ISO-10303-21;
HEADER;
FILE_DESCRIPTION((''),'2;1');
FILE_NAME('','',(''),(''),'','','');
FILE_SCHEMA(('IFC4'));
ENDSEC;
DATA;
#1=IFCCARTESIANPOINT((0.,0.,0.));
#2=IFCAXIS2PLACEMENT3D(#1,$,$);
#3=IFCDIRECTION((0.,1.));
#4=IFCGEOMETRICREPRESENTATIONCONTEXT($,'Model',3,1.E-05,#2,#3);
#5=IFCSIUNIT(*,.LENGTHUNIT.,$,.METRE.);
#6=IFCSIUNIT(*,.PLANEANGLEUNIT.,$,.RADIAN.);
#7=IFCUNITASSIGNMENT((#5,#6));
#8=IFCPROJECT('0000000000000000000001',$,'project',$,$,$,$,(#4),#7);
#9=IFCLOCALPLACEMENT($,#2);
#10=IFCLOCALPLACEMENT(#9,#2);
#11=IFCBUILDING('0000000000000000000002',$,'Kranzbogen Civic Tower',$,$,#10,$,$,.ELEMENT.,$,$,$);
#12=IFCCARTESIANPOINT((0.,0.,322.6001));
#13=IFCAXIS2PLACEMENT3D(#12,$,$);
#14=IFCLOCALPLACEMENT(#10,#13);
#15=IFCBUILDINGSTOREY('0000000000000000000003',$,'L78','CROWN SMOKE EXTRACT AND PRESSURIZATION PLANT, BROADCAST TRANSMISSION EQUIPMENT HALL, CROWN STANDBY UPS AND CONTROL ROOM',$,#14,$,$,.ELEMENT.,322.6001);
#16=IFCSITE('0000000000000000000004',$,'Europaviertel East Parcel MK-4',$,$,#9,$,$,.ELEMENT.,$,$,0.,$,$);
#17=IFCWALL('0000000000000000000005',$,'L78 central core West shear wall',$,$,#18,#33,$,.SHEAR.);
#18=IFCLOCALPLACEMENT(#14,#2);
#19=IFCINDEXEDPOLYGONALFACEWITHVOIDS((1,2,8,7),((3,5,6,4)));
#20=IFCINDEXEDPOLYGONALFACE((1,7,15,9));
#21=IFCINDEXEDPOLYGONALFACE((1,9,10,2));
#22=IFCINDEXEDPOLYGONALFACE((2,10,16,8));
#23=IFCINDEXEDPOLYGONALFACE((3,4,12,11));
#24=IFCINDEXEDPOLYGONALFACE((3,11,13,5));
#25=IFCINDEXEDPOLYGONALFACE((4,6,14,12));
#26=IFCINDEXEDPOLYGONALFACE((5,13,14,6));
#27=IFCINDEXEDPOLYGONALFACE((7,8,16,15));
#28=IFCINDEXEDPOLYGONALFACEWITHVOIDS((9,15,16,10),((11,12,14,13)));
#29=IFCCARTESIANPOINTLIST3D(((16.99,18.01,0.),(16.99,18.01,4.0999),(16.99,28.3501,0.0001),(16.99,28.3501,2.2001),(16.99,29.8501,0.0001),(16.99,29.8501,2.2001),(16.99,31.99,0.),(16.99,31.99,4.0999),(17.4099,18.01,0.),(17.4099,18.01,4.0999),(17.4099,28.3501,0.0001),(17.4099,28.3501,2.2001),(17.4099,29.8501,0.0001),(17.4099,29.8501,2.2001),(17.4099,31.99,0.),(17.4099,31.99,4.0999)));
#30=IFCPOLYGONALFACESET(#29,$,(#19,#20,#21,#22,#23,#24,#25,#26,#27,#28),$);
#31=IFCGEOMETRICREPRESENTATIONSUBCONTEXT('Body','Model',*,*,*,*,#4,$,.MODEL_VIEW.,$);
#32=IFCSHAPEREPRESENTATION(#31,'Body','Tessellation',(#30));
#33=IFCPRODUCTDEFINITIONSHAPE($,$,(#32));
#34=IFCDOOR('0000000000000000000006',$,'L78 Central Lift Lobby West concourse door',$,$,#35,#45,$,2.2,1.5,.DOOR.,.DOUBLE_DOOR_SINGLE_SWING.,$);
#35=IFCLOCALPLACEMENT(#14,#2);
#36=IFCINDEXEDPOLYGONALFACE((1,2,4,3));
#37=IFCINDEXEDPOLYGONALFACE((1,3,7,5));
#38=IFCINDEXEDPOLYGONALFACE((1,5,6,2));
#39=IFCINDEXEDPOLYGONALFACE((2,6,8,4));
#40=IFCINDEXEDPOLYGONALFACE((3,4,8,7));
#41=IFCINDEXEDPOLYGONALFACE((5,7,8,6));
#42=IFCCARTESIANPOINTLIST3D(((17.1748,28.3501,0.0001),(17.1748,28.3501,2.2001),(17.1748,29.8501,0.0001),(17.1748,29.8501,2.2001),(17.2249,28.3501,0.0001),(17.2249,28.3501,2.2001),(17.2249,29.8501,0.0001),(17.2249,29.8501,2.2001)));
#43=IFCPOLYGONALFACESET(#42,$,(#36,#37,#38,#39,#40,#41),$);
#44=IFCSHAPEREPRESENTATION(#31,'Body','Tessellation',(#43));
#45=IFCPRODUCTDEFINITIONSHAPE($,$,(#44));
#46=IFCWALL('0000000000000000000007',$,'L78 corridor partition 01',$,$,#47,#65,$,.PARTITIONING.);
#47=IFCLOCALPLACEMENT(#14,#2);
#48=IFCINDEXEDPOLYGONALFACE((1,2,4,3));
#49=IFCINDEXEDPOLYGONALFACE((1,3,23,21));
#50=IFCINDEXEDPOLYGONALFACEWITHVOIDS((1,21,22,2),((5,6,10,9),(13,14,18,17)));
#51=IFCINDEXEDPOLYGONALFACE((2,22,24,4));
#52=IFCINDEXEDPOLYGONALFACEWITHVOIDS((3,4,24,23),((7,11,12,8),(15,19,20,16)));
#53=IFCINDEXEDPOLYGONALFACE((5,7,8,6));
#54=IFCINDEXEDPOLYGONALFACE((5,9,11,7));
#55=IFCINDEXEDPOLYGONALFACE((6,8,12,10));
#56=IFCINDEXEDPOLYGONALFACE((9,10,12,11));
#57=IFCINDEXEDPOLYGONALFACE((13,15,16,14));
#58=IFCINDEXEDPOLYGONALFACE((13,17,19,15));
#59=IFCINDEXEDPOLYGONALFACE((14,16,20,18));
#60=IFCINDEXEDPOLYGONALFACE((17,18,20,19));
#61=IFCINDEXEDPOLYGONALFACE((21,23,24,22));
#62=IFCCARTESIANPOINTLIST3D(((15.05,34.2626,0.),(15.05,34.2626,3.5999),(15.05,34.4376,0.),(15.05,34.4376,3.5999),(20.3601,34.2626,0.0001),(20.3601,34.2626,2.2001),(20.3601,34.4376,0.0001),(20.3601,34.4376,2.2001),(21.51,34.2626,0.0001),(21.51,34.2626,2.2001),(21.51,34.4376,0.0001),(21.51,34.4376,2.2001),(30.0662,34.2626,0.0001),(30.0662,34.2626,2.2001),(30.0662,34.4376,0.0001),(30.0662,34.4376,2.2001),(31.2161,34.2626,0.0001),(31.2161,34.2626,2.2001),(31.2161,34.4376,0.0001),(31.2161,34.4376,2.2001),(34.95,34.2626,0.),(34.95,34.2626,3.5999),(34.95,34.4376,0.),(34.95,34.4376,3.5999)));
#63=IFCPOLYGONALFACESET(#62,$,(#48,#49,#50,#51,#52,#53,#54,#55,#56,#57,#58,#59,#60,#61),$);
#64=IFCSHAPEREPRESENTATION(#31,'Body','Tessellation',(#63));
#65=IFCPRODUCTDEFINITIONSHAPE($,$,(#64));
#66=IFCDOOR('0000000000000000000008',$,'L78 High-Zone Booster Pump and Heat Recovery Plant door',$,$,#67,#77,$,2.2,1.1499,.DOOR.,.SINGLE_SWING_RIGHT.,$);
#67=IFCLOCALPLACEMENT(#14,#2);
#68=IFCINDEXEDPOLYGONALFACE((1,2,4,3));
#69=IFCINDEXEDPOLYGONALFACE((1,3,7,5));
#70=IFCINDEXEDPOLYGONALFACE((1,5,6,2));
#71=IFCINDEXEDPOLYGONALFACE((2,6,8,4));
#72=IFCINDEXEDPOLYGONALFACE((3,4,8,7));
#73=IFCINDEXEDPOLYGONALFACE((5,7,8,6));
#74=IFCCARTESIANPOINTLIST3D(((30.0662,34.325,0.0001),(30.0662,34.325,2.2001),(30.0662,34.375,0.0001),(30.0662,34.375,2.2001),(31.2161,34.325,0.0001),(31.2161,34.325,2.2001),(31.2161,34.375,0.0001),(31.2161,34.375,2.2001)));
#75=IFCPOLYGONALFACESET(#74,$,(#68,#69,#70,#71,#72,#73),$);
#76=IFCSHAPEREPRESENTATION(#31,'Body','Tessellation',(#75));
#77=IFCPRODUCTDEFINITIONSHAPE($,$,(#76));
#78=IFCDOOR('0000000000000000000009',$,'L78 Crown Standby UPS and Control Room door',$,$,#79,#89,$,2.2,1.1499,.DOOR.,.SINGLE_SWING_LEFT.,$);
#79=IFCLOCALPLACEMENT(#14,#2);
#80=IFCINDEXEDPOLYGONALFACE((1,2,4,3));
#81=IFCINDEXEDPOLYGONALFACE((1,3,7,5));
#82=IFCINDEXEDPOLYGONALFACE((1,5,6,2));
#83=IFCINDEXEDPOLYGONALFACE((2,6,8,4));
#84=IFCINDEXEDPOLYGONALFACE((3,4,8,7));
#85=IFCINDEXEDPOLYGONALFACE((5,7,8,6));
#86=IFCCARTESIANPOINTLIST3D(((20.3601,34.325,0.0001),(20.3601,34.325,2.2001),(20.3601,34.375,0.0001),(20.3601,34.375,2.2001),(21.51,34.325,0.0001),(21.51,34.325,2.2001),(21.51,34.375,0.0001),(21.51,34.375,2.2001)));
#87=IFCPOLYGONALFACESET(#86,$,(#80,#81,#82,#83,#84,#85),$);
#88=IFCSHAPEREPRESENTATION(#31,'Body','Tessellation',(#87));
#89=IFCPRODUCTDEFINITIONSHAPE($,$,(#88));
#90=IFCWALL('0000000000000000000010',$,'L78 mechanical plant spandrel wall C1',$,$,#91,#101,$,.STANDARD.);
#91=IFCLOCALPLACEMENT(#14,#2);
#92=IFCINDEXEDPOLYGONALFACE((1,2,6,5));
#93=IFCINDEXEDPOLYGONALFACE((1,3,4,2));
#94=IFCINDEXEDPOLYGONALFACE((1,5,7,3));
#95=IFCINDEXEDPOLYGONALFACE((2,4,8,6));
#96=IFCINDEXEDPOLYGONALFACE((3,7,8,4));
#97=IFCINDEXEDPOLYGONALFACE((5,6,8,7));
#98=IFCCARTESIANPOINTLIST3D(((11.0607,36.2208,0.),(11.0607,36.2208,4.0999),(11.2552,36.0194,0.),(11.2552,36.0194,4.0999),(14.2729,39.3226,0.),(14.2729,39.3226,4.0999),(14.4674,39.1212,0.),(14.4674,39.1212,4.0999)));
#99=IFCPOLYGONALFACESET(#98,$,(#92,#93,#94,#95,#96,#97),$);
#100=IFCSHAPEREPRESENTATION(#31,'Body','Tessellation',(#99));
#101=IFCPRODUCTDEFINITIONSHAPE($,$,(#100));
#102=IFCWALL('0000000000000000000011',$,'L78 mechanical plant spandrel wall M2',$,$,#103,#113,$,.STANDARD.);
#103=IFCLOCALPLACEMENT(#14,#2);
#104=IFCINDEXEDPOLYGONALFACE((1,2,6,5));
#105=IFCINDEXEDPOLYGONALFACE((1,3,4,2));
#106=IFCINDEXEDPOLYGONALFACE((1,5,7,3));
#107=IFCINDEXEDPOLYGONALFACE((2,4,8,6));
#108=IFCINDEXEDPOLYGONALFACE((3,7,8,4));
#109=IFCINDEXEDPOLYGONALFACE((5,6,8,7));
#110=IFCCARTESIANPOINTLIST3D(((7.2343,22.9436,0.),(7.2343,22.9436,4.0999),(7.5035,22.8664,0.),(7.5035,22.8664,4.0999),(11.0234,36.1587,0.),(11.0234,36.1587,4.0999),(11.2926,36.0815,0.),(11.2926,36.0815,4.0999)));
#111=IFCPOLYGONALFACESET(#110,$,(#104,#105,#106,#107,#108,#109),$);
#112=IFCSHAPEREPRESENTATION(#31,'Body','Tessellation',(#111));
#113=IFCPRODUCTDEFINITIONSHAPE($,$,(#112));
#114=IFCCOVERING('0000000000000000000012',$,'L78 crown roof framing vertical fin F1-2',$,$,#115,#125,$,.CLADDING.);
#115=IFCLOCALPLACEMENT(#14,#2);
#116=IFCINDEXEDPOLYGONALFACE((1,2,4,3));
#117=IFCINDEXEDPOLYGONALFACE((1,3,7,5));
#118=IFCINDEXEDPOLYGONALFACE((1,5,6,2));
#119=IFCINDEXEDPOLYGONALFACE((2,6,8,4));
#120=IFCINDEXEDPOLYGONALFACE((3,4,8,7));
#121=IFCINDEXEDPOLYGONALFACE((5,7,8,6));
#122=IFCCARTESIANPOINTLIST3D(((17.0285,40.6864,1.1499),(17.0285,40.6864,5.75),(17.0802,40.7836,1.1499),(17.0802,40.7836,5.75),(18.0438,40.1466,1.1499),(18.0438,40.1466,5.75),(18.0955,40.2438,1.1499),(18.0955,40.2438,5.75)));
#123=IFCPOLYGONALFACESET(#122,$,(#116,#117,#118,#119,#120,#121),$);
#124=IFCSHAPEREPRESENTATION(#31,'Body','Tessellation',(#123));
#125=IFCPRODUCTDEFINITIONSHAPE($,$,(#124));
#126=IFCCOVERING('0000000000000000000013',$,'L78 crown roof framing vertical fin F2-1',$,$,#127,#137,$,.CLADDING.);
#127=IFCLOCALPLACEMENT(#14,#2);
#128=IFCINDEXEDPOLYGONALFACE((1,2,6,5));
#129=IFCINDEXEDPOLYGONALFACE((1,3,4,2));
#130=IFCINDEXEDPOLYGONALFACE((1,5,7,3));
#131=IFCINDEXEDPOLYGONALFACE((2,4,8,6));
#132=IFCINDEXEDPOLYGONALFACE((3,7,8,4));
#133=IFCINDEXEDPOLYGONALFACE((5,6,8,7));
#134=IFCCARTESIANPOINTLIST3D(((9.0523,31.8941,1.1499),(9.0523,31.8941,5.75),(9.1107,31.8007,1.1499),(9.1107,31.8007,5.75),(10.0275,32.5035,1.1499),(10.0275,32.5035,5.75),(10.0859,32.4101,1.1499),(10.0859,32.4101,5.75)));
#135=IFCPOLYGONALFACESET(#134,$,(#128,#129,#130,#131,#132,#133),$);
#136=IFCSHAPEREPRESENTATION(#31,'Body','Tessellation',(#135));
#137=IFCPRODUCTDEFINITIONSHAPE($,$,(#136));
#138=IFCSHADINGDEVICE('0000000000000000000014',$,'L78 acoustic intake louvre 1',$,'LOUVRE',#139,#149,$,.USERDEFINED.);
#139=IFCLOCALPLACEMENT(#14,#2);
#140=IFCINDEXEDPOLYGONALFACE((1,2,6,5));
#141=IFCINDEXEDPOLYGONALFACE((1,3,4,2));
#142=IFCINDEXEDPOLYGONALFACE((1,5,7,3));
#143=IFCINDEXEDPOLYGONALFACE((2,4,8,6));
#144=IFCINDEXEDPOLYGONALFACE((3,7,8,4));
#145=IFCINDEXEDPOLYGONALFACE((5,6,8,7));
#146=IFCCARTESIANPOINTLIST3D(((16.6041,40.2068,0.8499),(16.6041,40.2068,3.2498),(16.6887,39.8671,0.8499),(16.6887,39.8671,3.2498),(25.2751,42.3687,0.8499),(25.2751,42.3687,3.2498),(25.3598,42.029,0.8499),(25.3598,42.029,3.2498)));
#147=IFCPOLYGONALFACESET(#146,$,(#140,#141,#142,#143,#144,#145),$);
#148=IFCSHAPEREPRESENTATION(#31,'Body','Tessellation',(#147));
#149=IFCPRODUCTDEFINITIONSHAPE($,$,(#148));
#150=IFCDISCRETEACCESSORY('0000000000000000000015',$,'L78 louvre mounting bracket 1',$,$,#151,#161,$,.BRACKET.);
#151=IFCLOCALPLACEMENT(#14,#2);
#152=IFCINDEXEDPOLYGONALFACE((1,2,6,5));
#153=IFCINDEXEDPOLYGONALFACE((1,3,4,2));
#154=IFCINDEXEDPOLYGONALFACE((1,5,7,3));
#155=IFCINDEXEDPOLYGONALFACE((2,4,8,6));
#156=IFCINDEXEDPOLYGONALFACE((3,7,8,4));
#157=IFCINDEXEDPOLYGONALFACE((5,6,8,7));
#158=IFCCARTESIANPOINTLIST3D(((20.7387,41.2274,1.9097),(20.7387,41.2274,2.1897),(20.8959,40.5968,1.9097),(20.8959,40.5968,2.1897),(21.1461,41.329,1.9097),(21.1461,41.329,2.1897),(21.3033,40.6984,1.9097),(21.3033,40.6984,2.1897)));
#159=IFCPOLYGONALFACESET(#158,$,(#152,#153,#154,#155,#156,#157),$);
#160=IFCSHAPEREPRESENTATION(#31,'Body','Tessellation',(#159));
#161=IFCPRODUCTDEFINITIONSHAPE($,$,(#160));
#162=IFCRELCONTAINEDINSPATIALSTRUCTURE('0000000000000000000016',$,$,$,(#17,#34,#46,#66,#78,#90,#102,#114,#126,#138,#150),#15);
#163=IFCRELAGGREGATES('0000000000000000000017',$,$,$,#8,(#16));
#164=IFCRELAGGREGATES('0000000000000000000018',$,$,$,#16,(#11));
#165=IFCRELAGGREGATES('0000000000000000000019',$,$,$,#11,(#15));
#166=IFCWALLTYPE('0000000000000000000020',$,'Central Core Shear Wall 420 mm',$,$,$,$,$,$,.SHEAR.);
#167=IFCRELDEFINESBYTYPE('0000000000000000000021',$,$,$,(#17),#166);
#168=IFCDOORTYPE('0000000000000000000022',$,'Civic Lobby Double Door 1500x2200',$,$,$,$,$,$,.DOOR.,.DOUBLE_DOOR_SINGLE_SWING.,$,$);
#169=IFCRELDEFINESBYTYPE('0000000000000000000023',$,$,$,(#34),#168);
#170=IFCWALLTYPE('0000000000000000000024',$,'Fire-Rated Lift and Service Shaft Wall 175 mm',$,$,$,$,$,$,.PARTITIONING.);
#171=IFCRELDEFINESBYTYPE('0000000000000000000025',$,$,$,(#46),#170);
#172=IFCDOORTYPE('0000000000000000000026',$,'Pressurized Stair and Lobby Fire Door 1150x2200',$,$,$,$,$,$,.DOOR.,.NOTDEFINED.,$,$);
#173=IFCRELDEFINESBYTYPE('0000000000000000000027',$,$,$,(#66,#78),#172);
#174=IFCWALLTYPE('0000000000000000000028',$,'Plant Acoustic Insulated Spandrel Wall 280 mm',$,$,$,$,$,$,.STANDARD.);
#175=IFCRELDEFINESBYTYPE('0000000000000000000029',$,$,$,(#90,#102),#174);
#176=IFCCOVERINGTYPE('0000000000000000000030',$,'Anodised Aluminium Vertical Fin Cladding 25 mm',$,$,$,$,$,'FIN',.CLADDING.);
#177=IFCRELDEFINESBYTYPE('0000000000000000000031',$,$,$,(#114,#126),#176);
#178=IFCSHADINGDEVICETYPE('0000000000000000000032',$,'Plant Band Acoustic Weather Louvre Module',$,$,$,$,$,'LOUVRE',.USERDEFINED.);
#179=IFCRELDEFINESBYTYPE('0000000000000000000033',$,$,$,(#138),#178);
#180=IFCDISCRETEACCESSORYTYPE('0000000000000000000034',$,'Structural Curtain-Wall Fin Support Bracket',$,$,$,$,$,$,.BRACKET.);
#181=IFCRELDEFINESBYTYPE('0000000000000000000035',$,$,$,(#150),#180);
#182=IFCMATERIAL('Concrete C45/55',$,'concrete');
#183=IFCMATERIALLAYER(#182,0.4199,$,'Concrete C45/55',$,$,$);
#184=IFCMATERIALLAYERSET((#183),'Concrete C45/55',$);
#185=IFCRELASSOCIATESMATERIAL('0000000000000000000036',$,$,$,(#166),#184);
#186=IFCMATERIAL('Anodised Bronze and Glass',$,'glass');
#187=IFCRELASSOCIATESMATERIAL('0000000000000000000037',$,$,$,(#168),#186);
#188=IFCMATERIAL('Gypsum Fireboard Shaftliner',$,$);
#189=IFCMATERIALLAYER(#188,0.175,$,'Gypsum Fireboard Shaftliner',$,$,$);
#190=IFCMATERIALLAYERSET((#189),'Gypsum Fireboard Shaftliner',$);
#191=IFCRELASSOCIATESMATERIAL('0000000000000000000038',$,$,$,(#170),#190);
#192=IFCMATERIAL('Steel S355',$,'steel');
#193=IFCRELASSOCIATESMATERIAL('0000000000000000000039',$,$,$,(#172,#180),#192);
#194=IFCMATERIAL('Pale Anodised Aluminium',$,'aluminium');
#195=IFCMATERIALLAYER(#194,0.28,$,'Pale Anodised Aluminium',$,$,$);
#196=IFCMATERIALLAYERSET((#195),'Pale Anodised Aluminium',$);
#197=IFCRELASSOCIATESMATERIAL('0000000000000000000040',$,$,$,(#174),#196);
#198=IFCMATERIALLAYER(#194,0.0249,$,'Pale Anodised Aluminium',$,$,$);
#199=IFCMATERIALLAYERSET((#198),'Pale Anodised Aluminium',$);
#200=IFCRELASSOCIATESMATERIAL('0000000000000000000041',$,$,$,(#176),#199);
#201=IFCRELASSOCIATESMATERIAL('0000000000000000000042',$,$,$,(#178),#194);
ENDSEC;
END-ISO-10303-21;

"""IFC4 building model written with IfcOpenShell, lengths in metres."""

from ifc_helpers import new_model, si_unit, direction, frame, frame_2d, origin, origin_2d, place, context, subcontext, project, spatial, rectangle, extrude, material, layer, layer_set, type_object, element, fill, save


model = new_model("IFC4")

# Units and contexts
model_context = context("Model", 3, precision=1e-05, world=origin(), true_north=direction((0.0, 1.0)))
body_context = subcontext(model_context, "Body", "Model", "MODEL_VIEW")
ifc_project = project(units=[si_unit("LENGTHUNIT", "METRE"), si_unit("PLANEANGLEUNIT", "RADIAN")], contexts=[model_context])

# Site, building, storey
site_placement = place(None, origin())
site = spatial("IfcSite", under=ifc_project, at=site_placement, Name="Europaviertel East Parcel MK-4", CompositionType="ELEMENT", RefElevation=0.0)
building_placement = place(site_placement, origin())
building = spatial("IfcBuilding", under=site, at=building_placement, Name="Kranzbogen Civic Tower", CompositionType="ELEMENT")
storey_placement = place(building_placement, frame((0.0, 0.0, 322.6001)))
storey = spatial("IfcBuildingStorey", under=building, at=storey_placement, Name="L78", Description="CROWN SMOKE EXTRACT AND PRESSURIZATION PLANT, BROADCAST TRANSMISSION EQUIPMENT HALL, CROWN STANDBY UPS AND CONTROL ROOM", CompositionType="ELEMENT", Elevation=322.6001)

# Shared definitions
ifc_material_1 = material(Name="Steel S355", Category="steel")

# Wall, opening, door
ifc_material_2 = material(Name="Concrete C45/55", Category="concrete")
ifc_layer_1 = layer(ifc_material_2, 0.4199, Name="Concrete C45/55")
ifc_layer_set_1 = layer_set([ifc_layer_1], Name="Concrete C45/55")
wall_type_1 = type_object("IfcWallType", Name="Central Core Shear Wall 420 mm", PredefinedType="SHEAR", material=ifc_layer_set_1)
wall_1_placement = place(storey_placement, frame((17.2, 31.99, 0.0), z_axis=(0.0, 0.0, 1.0), x_axis=(0.0, -1.0, 0.0)))
wall_1 = element("IfcWall", 1, at=wall_1_placement, inside=storey, type_object=wall_type_1, Name="L78 central core West shear wall", PredefinedType="SHEAR", context=body_context, shape_type="SweptSolid", body=[
    extrude(rectangle(XDim=13.98, YDim=0.4199, at=frame_2d((6.99, 0.0))), origin(), (0.0, 0.0, 1.0), 4.0999),
])
opening_1_placement = place(wall_1_placement, frame((2.1399, 0.0, 0.0)))
opening_1 = element("IfcOpeningElement", 2, at=opening_1_placement, cuts=wall_1, PredefinedType="OPENING", context=body_context, shape_type="SweptSolid", body=[
    extrude(rectangle(XDim=1.5, YDim=2.2, at=frame_2d((0.75, 1.1001))), frame((0.0, 0.22, 0.0), z_axis=(0.0, -1.0, 0.0), x_axis=(1.0, 0.0, 0.0)), (0.0, 0.0, 1.0), 0.4399),
])
ifc_material_3 = material(Name="Anodised Bronze and Glass", Category="glass")
door_type_1 = type_object("IfcDoorType", Name="Civic Lobby Double Door 1500x2200", OperationType="DOUBLE_DOOR_SINGLE_SWING", PredefinedType="DOOR", material=ifc_material_3)
door_1_placement = place(opening_1_placement, origin())
door_1 = element("IfcDoor", 3, at=door_1_placement, inside=storey, type_object=door_type_1, Name="L78 Central Lift Lobby West concourse door", OperationType="DOUBLE_DOOR_SINGLE_SWING", OverallHeight=2.2, OverallWidth=1.5, PredefinedType="DOOR", context=body_context, shape_type="SweptSolid", body=[
    extrude(rectangle(XDim=1.5, YDim=2.2, at=frame_2d((0.75, 1.1001))), frame((0.0, 0.0249, 0.0), z_axis=(0.0, -1.0, 0.0), x_axis=(1.0, 0.0, 0.0)), (0.0, 0.0, 1.0), 0.05),
])
fill(opening_1, door_1)

# Wall, openings, doors
ifc_material_4 = material(Name="Gypsum Fireboard Shaftliner")
ifc_layer_2 = layer(ifc_material_4, 0.175, Name="Gypsum Fireboard Shaftliner")
ifc_layer_set_2 = layer_set([ifc_layer_2], Name="Gypsum Fireboard Shaftliner")
wall_type_2 = type_object("IfcWallType", Name="Fire-Rated Lift and Service Shaft Wall 175 mm", PredefinedType="PARTITIONING", material=ifc_layer_set_2)
wall_2_placement = place(storey_placement, frame((15.05, 34.3501, 0.0), z_axis=(0.0, 0.0, 1.0), x_axis=(1.0, 0.0, 0.0)))
wall_2 = element("IfcWall", 4, at=wall_2_placement, inside=storey, type_object=wall_type_2, Name="L78 corridor partition 01", PredefinedType="PARTITIONING", context=body_context, shape_type="SweptSolid", body=[
    extrude(rectangle(XDim=19.8999, YDim=0.175, at=frame_2d((9.95, 0.0))), origin(), (0.0, 0.0, 1.0), 3.5999),
])
opening_2_placement = place(wall_2_placement, frame((15.0161, 0.0, 0.0)))
opening_2 = element("IfcOpeningElement", 5, at=opening_2_placement, cuts=wall_2, PredefinedType="OPENING", context=body_context, shape_type="SweptSolid", body=[
    extrude(rectangle(XDim=1.1499, YDim=2.2, at=frame_2d((0.575, 1.1001))), frame((0.0, 0.0977, 0.0), z_axis=(0.0, -1.0, 0.0), x_axis=(1.0, 0.0, 0.0)), (0.0, 0.0, 1.0), 0.1951),
])
opening_3_placement = place(wall_2_placement, frame((5.3101, 0.0, 0.0)))
opening_3 = element("IfcOpeningElement", 6, at=opening_3_placement, cuts=wall_2, PredefinedType="OPENING", context=body_context, shape_type="SweptSolid", body=[
    extrude(rectangle(XDim=1.1499, YDim=2.2, at=frame_2d((0.575, 1.1001))), frame((0.0, 0.0977, 0.0), z_axis=(0.0, -1.0, 0.0), x_axis=(1.0, 0.0, 0.0)), (0.0, 0.0, 1.0), 0.1951),
])
door_type_2 = type_object("IfcDoorType", Name="Pressurized Stair and Lobby Fire Door 1150x2200", OperationType="NOTDEFINED", PredefinedType="DOOR", material=ifc_material_1)
door_2_placement = place(opening_2_placement, origin())
door_2 = element("IfcDoor", 7, at=door_2_placement, inside=storey, type_object=door_type_2, Name="L78 High-Zone Booster Pump and Heat Recovery Plant door", OperationType="SINGLE_SWING_RIGHT", OverallHeight=2.2, OverallWidth=1.1499, PredefinedType="DOOR", context=body_context, shape_type="SweptSolid", body=[
    extrude(rectangle(XDim=1.1499, YDim=2.2, at=frame_2d((0.575, 1.1001))), frame((0.0, 0.0249, 0.0), z_axis=(0.0, -1.0, 0.0), x_axis=(1.0, 0.0, 0.0)), (0.0, 0.0, 1.0), 0.05),
])
fill(opening_2, door_2)
door_3_placement = place(opening_3_placement, origin())
door_3 = element("IfcDoor", 8, at=door_3_placement, inside=storey, type_object=door_type_2, Name="L78 Crown Standby UPS and Control Room door", OperationType="SINGLE_SWING_LEFT", OverallHeight=2.2, OverallWidth=1.1499, PredefinedType="DOOR", context=body_context, shape_type="SweptSolid", body=[
    extrude(rectangle(XDim=1.1499, YDim=2.2, at=frame_2d((0.575, 1.1001))), frame((0.0, 0.0249, 0.0), z_axis=(0.0, -1.0, 0.0), x_axis=(1.0, 0.0, 0.0)), (0.0, 0.0, 1.0), 0.05),
])
fill(opening_3, door_3)

# Walls
ifc_material_5 = material(Name="Pale Anodised Aluminium", Category="aluminium")
ifc_layer_3 = layer(ifc_material_5, 0.28, Name="Pale Anodised Aluminium")
ifc_layer_set_3 = layer_set([ifc_layer_3], Name="Pale Anodised Aluminium")
wall_type_3 = type_object("IfcWallType", Name="Plant Acoustic Insulated Spandrel Wall 280 mm", PredefinedType="STANDARD", material=ifc_layer_set_3)
wall_3_placement = place(storey_placement, frame((14.3701, 39.2219, 0.0), z_axis=(0.0, 0.0, 1.0), x_axis=(-0.719355, -0.694642, 0.0)))
element("IfcWall", 9, at=wall_3_placement, inside=storey, type_object=wall_type_3, Name="L78 mechanical plant spandrel wall C1", PredefinedType="STANDARD", context=body_context, shape_type="SweptSolid", body=[
    extrude(rectangle(XDim=4.4653, YDim=0.28, at=frame_2d((2.2327, 0.0))), origin(), (0.0, 0.0, 1.0), 4.0999),
])
wall_4_placement = place(storey_placement, frame((11.158, 36.1201, 0.0), z_axis=(0.0, 0.0, 1.0), x_axis=(-0.275617, -0.961268, 0.0)))
element("IfcWall", 10, at=wall_4_placement, inside=storey, type_object=wall_type_3, Name="L78 mechanical plant spandrel wall M2", PredefinedType="STANDARD", context=body_context, shape_type="SweptSolid", body=[
    extrude(rectangle(XDim=13.7476, YDim=0.28, at=frame_2d((6.8738, 0.0))), origin(), (0.0, 0.0, 1.0), 4.0999),
])

# Coverings
ifc_layer_4 = layer(ifc_material_5, 0.0249, Name="Pale Anodised Aluminium")
ifc_layer_set_4 = layer_set([ifc_layer_4], Name="Pale Anodised Aluminium")
covering_type = type_object("IfcCoveringType", Name="Anodised Aluminium Vertical Fin Cladding 25 mm", ElementType="FIN", PredefinedType="CLADDING", material=ifc_layer_set_4)
for number, where, z_axis, x_axis, name in (
    (11, (17.562, 40.4651, 1.1499), (0.0, 0.0, 1.0), (-0.882948, 0.469472, 0.0), "L78 crown roof framing vertical fin F1-2"),
    (12, (9.5691, 32.1521, 1.1499), (0.0, 0.0, 1.0), (-0.848048, -0.529919, 0.0), "L78 crown roof framing vertical fin F2-1"),
):
    element("IfcCovering", number, at=place(storey_placement, frame(where, z_axis=z_axis, x_axis=x_axis)), inside=storey, type_object=covering_type, Name=name, PredefinedType="CLADDING", context=body_context, shape_type="SweptSolid", body=[
        extrude(rectangle(XDim=1.1499, YDim=0.1101, at=origin_2d()), origin(), (0.0, 0.0, 1.0), 4.6001),
    ])

# Shading device
shading_device_type = type_object("IfcShadingDeviceType", Name="Plant Band Acoustic Weather Louvre Module", ElementType="LOUVRE", PredefinedType="USERDEFINED", material=ifc_material_5)
shading_device_placement = place(storey_placement, frame((20.9819, 41.1179, 0.8499), z_axis=(0.0, 0.0, 1.0), x_axis=(-0.970296, -0.241922, 0.0)))
element("IfcShadingDevice", 13, at=shading_device_placement, inside=storey, type_object=shading_device_type, Name="L78 acoustic intake louvre 1", ObjectType="LOUVRE", PredefinedType="USERDEFINED", context=body_context, shape_type="SweptSolid", body=[
    extrude(rectangle(XDim=8.9365, YDim=0.3501, at=origin_2d()), origin(), (0.0, 0.0, 1.0), 2.3999),
])

# Discrete accessory
discrete_accessory_type = type_object("IfcDiscreteAccessoryType", Name="Structural Curtain-Wall Fin Support Bracket", PredefinedType="BRACKET", material=ifc_material_1)
discrete_accessory_placement = place(storey_placement, frame((21.021, 40.9629, 1.9097), z_axis=(0.0, 0.0, 1.0), x_axis=(-0.241922, 0.970296, 0.0)))
element("IfcDiscreteAccessory", 14, at=discrete_accessory_placement, inside=storey, type_object=discrete_accessory_type, Name="L78 louvre mounting bracket 1", PredefinedType="BRACKET", context=body_context, shape_type="SweptSolid", body=[
    extrude(rectangle(XDim=0.6499, YDim=0.4199, at=origin_2d()), origin(), (0.0, 0.0, 1.0), 0.28),
])

save(model, "model.ifc")
